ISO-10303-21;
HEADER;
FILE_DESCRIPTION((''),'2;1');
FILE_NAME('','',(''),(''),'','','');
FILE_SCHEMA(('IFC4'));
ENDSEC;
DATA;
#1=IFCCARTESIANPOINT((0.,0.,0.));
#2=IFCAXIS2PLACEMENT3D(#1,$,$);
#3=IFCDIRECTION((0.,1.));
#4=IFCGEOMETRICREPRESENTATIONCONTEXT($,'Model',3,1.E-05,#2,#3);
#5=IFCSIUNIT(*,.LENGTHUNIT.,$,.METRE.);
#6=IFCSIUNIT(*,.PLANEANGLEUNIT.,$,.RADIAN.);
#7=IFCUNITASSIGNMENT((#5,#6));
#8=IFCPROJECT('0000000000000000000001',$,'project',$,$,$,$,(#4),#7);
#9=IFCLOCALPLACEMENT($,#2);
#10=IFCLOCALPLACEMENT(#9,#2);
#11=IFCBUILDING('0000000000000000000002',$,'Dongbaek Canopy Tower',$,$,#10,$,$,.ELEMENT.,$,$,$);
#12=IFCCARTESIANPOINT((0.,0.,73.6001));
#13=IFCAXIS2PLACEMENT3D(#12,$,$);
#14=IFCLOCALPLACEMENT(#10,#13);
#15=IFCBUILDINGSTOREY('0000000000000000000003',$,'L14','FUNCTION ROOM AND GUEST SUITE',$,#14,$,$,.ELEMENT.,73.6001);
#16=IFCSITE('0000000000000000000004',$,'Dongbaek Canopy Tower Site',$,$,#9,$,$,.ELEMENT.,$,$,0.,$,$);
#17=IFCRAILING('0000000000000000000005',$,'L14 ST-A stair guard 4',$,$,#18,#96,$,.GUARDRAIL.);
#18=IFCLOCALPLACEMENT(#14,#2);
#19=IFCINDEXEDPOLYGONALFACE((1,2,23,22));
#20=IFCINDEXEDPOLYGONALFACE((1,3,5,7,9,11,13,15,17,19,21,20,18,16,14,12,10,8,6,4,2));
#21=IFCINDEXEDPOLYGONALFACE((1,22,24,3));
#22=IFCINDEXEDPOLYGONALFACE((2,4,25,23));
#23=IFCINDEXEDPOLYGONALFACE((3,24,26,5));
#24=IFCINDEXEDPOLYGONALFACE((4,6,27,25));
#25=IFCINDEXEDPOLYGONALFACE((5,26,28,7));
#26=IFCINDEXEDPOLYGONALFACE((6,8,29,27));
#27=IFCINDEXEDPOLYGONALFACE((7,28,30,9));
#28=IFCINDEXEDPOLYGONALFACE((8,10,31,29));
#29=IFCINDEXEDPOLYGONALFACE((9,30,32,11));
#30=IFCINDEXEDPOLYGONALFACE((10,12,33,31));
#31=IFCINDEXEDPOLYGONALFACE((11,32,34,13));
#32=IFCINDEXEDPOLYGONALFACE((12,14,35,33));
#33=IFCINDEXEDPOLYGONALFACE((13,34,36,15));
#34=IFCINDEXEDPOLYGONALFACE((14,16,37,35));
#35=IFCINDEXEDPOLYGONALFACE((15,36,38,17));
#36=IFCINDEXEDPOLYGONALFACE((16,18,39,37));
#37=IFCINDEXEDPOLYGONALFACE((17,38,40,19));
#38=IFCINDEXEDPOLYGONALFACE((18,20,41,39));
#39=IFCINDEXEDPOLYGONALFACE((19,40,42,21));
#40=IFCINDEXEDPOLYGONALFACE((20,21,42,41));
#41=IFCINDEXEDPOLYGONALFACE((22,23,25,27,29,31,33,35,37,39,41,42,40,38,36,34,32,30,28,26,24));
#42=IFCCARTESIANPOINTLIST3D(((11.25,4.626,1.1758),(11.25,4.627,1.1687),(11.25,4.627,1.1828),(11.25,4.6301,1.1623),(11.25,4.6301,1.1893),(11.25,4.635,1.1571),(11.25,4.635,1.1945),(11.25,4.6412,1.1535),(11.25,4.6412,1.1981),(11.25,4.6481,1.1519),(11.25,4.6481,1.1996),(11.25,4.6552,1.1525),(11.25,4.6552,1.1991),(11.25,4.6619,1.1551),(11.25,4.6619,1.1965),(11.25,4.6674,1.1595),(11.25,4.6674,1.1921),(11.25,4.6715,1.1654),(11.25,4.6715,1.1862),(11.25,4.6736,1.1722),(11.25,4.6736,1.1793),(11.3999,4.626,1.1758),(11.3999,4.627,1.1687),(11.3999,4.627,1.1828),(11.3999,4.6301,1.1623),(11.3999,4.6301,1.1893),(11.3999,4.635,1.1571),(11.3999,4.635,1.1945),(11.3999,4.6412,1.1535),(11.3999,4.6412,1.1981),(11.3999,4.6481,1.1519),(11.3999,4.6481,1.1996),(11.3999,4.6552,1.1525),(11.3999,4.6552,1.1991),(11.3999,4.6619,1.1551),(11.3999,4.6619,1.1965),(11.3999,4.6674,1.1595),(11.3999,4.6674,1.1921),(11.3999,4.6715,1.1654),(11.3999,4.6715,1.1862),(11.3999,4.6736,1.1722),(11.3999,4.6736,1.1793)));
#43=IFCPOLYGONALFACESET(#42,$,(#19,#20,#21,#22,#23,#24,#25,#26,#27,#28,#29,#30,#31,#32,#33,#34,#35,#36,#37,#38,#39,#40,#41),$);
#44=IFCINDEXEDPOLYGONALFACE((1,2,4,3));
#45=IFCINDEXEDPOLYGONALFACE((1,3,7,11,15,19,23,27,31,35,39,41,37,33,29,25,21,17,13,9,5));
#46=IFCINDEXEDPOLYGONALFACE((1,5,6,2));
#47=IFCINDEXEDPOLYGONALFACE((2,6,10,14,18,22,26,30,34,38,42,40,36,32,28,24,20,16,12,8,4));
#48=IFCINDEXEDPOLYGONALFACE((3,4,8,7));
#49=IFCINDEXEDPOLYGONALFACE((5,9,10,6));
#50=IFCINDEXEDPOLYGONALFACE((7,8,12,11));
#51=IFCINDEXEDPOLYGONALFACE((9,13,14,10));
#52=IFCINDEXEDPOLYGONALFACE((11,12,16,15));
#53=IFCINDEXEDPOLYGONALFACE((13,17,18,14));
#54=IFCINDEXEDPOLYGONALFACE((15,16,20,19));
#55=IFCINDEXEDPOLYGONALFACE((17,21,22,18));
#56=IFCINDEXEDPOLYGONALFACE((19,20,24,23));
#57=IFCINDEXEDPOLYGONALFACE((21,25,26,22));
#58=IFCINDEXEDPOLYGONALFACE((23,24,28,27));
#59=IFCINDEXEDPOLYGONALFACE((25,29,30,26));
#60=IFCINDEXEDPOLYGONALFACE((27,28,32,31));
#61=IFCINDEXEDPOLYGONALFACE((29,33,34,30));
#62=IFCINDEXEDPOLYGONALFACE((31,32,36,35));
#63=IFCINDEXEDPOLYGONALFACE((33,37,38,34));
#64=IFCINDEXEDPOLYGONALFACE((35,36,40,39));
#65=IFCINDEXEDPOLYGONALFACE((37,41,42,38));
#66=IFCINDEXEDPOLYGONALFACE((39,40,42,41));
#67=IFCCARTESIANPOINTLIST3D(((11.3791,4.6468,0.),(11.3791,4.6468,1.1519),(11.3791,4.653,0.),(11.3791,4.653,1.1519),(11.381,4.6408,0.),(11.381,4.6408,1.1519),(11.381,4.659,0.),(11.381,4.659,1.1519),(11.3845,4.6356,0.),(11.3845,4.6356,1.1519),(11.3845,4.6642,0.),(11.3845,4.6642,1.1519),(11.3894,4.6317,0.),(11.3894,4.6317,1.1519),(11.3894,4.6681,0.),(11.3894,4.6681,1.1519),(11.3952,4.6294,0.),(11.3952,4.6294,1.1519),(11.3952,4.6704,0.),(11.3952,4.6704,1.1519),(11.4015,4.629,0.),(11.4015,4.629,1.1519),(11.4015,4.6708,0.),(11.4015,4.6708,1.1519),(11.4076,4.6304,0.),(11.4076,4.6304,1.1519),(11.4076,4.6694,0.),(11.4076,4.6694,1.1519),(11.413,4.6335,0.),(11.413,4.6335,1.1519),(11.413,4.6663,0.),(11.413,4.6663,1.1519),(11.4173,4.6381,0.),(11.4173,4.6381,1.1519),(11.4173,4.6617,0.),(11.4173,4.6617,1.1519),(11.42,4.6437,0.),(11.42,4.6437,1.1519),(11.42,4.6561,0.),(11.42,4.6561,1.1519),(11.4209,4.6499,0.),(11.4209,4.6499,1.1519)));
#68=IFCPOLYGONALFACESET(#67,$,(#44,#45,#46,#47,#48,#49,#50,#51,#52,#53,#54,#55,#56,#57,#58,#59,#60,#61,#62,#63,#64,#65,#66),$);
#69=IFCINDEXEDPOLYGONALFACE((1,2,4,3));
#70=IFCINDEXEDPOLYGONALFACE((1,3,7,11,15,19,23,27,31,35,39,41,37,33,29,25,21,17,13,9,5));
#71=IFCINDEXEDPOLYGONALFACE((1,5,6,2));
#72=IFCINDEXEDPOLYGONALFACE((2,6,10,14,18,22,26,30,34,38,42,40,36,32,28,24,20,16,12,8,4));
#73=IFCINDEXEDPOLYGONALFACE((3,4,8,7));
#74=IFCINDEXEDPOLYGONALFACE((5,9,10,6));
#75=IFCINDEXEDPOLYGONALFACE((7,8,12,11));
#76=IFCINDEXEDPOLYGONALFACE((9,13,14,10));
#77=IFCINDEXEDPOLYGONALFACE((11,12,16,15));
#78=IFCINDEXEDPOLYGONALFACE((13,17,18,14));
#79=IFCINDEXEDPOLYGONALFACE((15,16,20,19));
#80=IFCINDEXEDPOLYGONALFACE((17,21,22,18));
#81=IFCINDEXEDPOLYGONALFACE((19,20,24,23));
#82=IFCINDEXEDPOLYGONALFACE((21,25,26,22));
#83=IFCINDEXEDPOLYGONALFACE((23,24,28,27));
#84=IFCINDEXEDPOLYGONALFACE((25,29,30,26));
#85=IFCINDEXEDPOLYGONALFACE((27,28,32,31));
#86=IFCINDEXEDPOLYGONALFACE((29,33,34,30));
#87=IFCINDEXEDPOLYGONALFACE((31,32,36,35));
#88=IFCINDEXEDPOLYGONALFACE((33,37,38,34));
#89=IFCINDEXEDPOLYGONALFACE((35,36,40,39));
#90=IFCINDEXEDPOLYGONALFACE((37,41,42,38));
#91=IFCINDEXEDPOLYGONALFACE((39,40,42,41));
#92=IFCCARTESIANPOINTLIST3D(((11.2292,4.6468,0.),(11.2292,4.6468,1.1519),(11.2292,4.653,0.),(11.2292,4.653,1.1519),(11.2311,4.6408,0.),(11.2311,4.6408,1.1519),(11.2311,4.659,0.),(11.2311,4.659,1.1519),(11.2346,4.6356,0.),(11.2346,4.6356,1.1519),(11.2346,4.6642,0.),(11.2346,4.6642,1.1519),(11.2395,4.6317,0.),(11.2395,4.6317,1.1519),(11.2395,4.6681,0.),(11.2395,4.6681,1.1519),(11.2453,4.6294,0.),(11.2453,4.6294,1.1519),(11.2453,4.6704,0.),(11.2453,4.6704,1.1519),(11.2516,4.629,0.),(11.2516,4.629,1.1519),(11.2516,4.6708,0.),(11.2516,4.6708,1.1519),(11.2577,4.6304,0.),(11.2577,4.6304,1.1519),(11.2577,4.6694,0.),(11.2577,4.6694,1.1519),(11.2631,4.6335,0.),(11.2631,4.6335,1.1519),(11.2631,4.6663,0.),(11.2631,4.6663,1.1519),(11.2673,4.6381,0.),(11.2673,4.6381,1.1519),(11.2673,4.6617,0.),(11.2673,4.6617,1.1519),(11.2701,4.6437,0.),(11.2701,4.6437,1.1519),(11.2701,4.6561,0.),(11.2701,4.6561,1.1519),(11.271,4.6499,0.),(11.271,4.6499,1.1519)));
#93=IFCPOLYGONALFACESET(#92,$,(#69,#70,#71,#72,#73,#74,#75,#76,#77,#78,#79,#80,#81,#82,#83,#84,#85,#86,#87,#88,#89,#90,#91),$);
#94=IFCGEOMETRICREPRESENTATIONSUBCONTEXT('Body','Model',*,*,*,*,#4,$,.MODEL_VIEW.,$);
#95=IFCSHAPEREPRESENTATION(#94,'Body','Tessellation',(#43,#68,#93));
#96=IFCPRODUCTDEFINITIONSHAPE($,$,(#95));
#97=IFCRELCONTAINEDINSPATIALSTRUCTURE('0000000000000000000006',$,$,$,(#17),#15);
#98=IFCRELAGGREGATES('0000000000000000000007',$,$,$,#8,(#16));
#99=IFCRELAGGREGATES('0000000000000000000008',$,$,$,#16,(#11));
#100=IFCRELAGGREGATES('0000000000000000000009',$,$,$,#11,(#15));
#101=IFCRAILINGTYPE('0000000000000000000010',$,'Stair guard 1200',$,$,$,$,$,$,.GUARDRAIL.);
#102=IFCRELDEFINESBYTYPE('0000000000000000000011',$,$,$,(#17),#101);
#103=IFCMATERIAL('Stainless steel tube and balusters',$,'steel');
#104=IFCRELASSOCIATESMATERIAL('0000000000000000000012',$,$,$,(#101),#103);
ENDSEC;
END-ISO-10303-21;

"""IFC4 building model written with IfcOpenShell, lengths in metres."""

from ifc_helpers import new_model, si_unit, direction, frame, origin, origin_2d, place, context, subcontext, project, spatial, circle, extrude, material, type_object, element, save


model = new_model("IFC4")

# Units and contexts
model_context = context("Model", 3, precision=1e-05, world=origin(), true_north=direction((0.0, 1.0)))
body_context = subcontext(model_context, "Body", "Model", "MODEL_VIEW")
ifc_project = project(units=[si_unit("LENGTHUNIT", "METRE"), si_unit("PLANEANGLEUNIT", "RADIAN")], contexts=[model_context])

# Site, building, storey
site_placement = place(None, origin())
site = spatial("IfcSite", under=ifc_project, at=site_placement, Name="Dongbaek Canopy Tower Site", CompositionType="ELEMENT", RefElevation=0.0)
building_placement = place(site_placement, origin())
building = spatial("IfcBuilding", under=site, at=building_placement, Name="Dongbaek Canopy Tower", CompositionType="ELEMENT")
storey_placement = place(building_placement, frame((0.0, 0.0, 73.6001)))
storey = spatial("IfcBuildingStorey", under=building, at=storey_placement, Name="L14", Description="FUNCTION ROOM AND GUEST SUITE", CompositionType="ELEMENT", Elevation=73.6001)

# Railing
ifc_material_1 = material(Name="Stainless steel tube and balusters", Category="steel")
railing_type_1 = type_object("IfcRailingType", Name="Stair guard 1200", PredefinedType="GUARDRAIL", material=ifc_material_1)
railing_1_placement = place(storey_placement, frame((11.3999, 4.6499, 0.0)))
element("IfcRailing", 1, at=railing_1_placement, inside=storey, type_object=railing_type_1, Name="L14 ST-A stair guard 4", PredefinedType="GUARDRAIL", context=body_context, shape_type="SweptSolid", body=[
    extrude(circle(Radius=0.0239, at=origin_2d()), frame((0.0, 0.0, 1.1758), z_axis=(-1.0, 0.0, 0.0), x_axis=(0.0, -1.0, 0.0)), (0.0, 0.0, 1.0), 0.1499),
    extrude(circle(Radius=0.021, at=origin_2d()), origin(), (0.0, 0.0, 1.0), 1.1519),
    extrude(circle(Radius=0.021, at=origin_2d()), frame((-0.1499, 0.0, 0.0)), (0.0, 0.0, 1.0), 1.1519),
])

save(model, "model.ifc")
